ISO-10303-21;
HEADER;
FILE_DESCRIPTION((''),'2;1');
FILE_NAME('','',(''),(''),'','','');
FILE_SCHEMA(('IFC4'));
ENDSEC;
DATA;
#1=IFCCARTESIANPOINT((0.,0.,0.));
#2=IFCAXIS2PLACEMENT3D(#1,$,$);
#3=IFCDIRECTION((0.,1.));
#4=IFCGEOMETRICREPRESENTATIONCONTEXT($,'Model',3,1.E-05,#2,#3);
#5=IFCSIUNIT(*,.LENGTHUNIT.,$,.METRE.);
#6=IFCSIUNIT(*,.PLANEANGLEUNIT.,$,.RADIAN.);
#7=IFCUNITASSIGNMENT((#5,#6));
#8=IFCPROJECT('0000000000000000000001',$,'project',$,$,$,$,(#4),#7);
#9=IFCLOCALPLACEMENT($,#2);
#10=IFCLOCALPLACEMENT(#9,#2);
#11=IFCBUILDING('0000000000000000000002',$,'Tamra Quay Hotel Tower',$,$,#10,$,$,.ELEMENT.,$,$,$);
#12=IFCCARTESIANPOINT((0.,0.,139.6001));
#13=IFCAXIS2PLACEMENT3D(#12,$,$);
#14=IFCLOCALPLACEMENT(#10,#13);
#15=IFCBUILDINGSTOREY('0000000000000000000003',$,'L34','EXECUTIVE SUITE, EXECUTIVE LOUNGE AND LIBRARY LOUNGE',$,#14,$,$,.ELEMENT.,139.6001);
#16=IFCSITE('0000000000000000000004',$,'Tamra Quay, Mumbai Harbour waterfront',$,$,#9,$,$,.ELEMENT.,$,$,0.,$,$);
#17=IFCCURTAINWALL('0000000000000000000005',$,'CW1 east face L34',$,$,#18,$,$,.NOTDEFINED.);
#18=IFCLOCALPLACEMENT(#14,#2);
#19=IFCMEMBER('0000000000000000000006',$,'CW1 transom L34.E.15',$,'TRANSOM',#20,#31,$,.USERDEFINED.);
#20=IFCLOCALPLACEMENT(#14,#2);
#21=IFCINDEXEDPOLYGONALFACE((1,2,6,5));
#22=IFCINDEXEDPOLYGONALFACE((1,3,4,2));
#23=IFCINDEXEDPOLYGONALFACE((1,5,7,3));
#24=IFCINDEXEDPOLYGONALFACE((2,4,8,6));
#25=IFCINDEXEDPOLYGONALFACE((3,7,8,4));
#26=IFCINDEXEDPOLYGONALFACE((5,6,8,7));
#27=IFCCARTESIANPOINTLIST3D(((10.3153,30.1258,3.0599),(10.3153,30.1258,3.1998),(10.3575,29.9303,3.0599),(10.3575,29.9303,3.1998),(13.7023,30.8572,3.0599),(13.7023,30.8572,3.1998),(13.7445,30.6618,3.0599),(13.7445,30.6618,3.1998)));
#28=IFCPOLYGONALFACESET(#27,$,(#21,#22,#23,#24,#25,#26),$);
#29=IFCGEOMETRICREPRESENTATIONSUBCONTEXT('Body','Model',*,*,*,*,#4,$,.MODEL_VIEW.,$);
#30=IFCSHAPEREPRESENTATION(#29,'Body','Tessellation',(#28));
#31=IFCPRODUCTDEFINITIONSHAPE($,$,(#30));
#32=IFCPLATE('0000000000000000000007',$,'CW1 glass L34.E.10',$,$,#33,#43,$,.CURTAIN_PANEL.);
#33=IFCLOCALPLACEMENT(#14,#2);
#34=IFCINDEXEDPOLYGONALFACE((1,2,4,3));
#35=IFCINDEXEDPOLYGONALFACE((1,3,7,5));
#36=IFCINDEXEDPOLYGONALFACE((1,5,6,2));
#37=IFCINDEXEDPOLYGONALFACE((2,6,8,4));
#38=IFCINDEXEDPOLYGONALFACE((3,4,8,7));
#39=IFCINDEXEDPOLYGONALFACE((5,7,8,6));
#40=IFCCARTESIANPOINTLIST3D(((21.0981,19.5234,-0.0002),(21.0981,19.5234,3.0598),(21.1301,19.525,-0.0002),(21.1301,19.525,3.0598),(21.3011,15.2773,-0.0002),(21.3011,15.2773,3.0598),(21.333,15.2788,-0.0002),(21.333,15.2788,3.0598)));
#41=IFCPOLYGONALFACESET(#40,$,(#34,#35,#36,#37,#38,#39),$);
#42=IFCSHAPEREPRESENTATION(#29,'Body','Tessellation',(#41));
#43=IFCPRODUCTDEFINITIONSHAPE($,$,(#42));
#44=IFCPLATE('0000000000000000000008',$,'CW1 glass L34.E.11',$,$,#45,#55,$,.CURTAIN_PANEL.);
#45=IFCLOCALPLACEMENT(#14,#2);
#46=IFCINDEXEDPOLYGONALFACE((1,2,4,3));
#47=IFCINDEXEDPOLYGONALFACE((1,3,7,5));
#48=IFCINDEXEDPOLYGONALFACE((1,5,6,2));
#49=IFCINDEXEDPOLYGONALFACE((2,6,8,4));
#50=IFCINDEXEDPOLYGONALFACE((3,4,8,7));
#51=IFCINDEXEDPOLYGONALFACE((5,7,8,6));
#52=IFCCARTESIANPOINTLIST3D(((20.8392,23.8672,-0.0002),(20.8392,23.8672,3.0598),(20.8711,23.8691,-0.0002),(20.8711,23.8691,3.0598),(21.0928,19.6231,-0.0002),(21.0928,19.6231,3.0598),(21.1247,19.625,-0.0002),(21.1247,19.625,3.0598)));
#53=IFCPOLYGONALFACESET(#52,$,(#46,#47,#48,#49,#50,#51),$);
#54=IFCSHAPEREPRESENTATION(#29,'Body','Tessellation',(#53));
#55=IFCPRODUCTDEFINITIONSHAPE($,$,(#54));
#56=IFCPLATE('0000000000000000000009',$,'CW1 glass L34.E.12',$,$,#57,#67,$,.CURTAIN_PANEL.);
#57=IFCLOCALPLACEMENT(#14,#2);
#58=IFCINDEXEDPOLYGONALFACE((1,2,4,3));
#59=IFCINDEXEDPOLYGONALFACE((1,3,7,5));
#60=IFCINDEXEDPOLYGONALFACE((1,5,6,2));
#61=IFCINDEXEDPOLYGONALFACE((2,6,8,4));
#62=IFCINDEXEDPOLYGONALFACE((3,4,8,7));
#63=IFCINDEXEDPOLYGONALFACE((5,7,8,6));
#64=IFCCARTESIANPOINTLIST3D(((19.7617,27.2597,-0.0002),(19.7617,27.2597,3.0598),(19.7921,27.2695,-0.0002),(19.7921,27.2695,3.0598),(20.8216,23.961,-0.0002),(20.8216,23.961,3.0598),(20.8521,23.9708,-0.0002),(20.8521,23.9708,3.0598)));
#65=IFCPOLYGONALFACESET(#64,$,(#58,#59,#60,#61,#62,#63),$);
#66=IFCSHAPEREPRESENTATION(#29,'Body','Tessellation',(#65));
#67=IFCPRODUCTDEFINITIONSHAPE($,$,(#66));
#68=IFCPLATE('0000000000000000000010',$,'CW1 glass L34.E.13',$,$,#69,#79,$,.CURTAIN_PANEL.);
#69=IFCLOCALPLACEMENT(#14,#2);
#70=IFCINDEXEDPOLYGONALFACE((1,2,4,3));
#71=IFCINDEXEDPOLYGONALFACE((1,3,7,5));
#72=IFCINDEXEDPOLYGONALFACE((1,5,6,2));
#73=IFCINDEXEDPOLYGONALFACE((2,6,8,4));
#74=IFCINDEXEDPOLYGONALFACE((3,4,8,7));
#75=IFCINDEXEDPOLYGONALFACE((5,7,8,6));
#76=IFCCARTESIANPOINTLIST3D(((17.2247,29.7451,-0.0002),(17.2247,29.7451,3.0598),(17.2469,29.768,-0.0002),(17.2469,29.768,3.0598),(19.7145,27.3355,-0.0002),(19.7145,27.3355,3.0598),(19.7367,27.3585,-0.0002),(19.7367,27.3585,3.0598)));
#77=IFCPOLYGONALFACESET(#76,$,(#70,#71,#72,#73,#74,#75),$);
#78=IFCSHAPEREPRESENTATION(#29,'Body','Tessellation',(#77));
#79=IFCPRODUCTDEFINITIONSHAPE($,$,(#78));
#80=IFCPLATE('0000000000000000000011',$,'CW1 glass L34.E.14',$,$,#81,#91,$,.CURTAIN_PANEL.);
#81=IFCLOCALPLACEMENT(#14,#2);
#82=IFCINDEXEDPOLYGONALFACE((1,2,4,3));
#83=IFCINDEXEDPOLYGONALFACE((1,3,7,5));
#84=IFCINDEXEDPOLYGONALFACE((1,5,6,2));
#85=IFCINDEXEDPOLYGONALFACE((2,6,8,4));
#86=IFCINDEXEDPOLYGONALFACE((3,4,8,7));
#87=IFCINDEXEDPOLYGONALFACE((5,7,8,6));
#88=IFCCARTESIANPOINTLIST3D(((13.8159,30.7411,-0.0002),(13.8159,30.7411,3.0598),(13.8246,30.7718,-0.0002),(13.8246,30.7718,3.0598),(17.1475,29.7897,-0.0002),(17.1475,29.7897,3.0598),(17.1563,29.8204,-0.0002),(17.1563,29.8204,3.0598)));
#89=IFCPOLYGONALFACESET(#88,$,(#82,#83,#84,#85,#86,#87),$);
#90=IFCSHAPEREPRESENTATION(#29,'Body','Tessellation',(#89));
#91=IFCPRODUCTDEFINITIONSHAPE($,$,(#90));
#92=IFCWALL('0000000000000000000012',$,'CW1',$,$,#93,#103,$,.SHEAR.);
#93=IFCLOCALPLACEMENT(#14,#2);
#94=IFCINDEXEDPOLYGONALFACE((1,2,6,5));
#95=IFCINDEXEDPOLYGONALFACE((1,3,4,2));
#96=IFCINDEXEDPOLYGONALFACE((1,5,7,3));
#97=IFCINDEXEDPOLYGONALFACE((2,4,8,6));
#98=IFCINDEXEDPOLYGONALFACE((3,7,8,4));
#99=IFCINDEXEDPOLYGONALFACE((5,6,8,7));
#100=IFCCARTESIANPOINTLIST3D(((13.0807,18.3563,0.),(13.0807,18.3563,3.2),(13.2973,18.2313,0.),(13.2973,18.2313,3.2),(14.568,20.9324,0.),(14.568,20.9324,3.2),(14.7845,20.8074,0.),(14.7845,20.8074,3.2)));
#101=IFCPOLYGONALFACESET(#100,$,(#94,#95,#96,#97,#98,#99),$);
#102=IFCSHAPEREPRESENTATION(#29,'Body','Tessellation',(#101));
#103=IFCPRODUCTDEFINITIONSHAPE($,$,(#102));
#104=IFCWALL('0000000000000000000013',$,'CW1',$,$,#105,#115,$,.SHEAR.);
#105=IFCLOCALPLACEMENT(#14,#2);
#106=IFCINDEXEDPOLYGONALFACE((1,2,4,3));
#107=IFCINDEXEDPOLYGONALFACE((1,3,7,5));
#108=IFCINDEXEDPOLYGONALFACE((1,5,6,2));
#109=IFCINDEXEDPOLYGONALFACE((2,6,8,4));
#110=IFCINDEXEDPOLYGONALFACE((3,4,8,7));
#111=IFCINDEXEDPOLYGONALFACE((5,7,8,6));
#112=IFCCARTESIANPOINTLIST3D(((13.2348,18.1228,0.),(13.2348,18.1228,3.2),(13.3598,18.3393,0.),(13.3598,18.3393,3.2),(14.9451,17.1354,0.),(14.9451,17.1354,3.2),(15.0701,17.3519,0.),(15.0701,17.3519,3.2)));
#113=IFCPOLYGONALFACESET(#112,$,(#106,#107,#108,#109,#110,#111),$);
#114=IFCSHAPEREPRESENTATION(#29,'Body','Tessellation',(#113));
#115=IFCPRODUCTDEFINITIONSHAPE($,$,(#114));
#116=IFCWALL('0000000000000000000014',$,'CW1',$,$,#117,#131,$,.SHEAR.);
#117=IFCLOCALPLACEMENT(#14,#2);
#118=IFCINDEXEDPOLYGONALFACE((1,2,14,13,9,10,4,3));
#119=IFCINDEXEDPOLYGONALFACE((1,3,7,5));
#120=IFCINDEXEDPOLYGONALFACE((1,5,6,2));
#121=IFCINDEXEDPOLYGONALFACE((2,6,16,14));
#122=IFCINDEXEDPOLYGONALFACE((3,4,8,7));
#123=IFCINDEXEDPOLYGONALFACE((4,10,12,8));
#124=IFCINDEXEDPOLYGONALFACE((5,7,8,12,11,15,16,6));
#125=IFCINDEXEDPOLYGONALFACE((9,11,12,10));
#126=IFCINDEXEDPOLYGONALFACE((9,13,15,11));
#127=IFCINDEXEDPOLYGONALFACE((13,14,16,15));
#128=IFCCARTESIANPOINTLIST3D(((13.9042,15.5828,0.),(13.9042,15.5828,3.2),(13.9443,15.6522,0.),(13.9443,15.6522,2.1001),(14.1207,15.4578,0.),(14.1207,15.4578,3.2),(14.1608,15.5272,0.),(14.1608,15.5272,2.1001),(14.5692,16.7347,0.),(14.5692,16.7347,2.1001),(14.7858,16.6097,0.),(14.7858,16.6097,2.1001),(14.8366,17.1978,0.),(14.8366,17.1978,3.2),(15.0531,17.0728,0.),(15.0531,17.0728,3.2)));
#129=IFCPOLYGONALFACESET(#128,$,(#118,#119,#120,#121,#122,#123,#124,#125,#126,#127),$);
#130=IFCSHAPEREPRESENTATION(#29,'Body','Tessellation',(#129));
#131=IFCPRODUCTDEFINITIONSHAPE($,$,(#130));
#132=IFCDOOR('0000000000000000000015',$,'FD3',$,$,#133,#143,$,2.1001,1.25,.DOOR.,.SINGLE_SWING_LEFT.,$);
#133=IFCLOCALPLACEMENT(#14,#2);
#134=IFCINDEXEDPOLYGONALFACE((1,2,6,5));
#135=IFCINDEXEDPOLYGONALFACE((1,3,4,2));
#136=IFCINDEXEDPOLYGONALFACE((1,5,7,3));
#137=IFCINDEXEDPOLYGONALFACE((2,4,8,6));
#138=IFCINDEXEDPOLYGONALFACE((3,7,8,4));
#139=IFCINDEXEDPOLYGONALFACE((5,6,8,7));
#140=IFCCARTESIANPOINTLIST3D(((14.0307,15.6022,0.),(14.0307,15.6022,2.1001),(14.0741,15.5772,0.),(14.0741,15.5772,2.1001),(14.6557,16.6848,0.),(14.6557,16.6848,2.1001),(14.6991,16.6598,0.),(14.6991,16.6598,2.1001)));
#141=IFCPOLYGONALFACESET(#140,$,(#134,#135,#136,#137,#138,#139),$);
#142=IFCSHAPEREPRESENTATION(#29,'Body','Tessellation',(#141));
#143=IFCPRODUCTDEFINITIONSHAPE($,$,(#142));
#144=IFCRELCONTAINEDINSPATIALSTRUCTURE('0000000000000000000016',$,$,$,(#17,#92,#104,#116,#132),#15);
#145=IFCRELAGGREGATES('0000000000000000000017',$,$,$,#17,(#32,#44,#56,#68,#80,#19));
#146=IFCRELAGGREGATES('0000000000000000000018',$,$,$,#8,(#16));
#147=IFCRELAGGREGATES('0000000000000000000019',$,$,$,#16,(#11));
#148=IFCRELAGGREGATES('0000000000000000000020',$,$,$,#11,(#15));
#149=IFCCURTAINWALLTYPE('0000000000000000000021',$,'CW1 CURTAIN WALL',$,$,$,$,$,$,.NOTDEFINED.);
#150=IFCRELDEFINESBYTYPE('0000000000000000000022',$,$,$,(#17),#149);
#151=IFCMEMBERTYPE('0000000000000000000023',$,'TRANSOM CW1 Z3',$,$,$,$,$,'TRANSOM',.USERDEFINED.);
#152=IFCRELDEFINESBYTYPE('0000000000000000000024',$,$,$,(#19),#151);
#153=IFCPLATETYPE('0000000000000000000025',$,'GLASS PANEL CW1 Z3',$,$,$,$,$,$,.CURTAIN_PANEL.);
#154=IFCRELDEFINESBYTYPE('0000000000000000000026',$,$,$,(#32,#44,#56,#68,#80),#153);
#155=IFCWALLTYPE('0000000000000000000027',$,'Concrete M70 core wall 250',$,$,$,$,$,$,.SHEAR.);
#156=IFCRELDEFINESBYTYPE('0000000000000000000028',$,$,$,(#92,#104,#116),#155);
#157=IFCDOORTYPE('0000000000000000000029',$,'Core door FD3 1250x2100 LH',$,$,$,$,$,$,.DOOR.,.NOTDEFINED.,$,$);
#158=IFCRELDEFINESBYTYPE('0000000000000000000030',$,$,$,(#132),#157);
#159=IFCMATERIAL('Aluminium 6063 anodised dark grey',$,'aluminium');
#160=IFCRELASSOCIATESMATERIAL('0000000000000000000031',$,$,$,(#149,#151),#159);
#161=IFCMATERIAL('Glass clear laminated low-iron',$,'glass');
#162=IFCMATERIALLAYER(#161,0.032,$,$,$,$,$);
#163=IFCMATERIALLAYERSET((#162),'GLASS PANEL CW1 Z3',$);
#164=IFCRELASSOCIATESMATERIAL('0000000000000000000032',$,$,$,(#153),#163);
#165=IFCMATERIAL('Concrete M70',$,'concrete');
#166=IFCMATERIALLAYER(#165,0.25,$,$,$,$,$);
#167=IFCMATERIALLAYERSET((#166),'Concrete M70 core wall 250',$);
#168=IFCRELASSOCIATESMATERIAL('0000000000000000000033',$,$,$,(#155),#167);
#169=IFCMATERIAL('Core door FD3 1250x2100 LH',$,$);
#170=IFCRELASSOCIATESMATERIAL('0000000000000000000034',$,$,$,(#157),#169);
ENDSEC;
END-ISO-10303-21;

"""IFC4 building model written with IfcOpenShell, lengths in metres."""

from ifc_helpers import new_model, si_unit, direction, frame, frame_2d, origin, origin_2d, place, context, subcontext, project, spatial, rectangle, extrude, material, layer, layer_set, material_profile, profile_set, type_object, element, fill, aggregate, save


model = new_model("IFC4")

# Units and contexts
model_context = context("Model", 3, precision=1e-05, world=origin(), true_north=direction((0.0, 1.0)))
body_context = subcontext(model_context, "Body", "Model", "MODEL_VIEW")
ifc_project = project(units=[si_unit("LENGTHUNIT", "METRE"), si_unit("PLANEANGLEUNIT", "RADIAN")], contexts=[model_context])

# Site, building, storey
site_placement = place(None, origin())
site = spatial("IfcSite", under=ifc_project, at=site_placement, Name="Tamra Quay, Mumbai Harbour waterfront", CompositionType="ELEMENT", RefElevation=0.0)
building_placement = place(site_placement, origin())
building = spatial("IfcBuilding", under=site, at=building_placement, Name="Tamra Quay Hotel Tower", CompositionType="ELEMENT")
storey_placement = place(building_placement, frame((0.0, 0.0, 139.6001)))
storey = spatial("IfcBuildingStorey", under=building, at=storey_placement, Name="L34", Description="EXECUTIVE SUITE, EXECUTIVE LOUNGE AND LIBRARY LOUNGE", CompositionType="ELEMENT", Elevation=139.6001)

# Shared definitions
ifc_material_1 = material(Name="Concrete M70", Category="concrete")

# Curtain wall
ifc_material_2 = material(Name="Aluminium 6063 anodised dark grey", Category="aluminium")
curtain_wall_type = type_object("IfcCurtainWallType", Name="CW1 CURTAIN WALL", PredefinedType="NOTDEFINED", material=ifc_material_2)
curtain_wall_placement = place(storey_placement, origin())
curtain_wall = element("IfcCurtainWall", 1, at=curtain_wall_placement, inside=storey, type_object=curtain_wall_type, Name="CW1 east face L34", PredefinedType="NOTDEFINED")

# Member
ifc_material_profile_1 = material_profile(ifc_material_2, rectangle(XDim=0.2, YDim=0.1399, at=origin_2d()), Name="TRANSOM 200X140")
ifc_profile_set_1 = profile_set([ifc_material_profile_1], Name="Aluminium 6063 anodised dark grey")
member_type_1 = type_object("IfcMemberType", Name="TRANSOM CW1 Z3", ElementType="TRANSOM", PredefinedType="USERDEFINED", material=ifc_profile_set_1)
member_1_placement = place(storey_placement, frame((13.7234, 30.7595, 3.1299), z_axis=(-0.977466, -0.211093, 0.0), x_axis=(0.211093, -0.977466, 0.0)))
member_1 = element("IfcMember", 2, at=member_1_placement, type_object=member_type_1, Name="CW1 transom L34.E.15", ObjectType="TRANSOM", PredefinedType="USERDEFINED", context=body_context, shape_type="SweptSolid", body=[
    extrude(rectangle(XDim=0.2, YDim=0.1399, at=origin_2d()), origin(), (0.0, 0.0, 1.0), 3.4651),
])

# Plates
ifc_material_3 = material(Name="Glass clear laminated low-iron", Category="glass")
ifc_layer_1 = layer(ifc_material_3, 0.032)
ifc_layer_set_1 = layer_set([ifc_layer_1], Name="GLASS PANEL CW1 Z3")
plate_type = type_object("IfcPlateType", Name="GLASS PANEL CW1 Z3", PredefinedType="CURTAIN_PANEL", material=ifc_layer_set_1)
plate_1_placement = place(storey_placement, frame((21.2156, 17.4011, -0.0002), z_axis=(0.0, 0.0, 1.0), x_axis=(-0.047747, 0.998859, 0.0)))
plate_1 = element("IfcPlate", 3, at=plate_1_placement, type_object=plate_type, Name="CW1 glass L34.E.10", PredefinedType="CURTAIN_PANEL", context=body_context, shape_type="SweptSolid", body=[
    extrude(rectangle(XDim=4.251, YDim=0.032, at=origin_2d()), origin(), (0.0, 0.0, 1.0), 3.0601),
])
plate_2_placement = place(storey_placement, frame((20.9819, 21.7461, -0.0002), z_axis=(0.0, 0.0, 1.0), x_axis=(-0.059642, 0.99822, 0.0)))
plate_2 = element("IfcPlate", 4, at=plate_2_placement, type_object=plate_type, Name="CW1 glass L34.E.11", PredefinedType="CURTAIN_PANEL", context=body_context, shape_type="SweptSolid", body=[
    extrude(rectangle(XDim=4.2517, YDim=0.032, at=origin_2d()), origin(), (0.0, 0.0, 1.0), 3.0601),
])
plate_3_placement = place(storey_placement, frame((20.3069, 25.6152, -0.0002), z_axis=(0.0, 0.0, 1.0), x_axis=(-0.305915, 0.952059, 0.0)))
plate_3 = element("IfcPlate", 5, at=plate_3_placement, type_object=plate_type, Name="CW1 glass L34.E.12", PredefinedType="CURTAIN_PANEL", context=body_context, shape_type="SweptSolid", body=[
    extrude(rectangle(XDim=3.4648, YDim=0.032, at=origin_2d()), origin(), (0.0, 0.0, 1.0), 3.0601),
])
plate_4_placement = place(storey_placement, frame((18.4807, 28.5518, -0.0002), z_axis=(0.0, 0.0, 1.0), x_axis=(-0.718584, 0.69544, 0.0)))
plate_4 = element("IfcPlate", 6, at=plate_4_placement, type_object=plate_type, Name="CW1 glass L34.E.13", PredefinedType="CURTAIN_PANEL", context=body_context, shape_type="SweptSolid", body=[
    extrude(rectangle(XDim=3.4648, YDim=0.032, at=origin_2d()), origin(), (0.0, 0.0, 1.0), 3.0601),
])
plate_5_placement = place(storey_placement, frame((15.4861, 30.2808, -0.0002), z_axis=(0.0, 0.0, 1.0), x_axis=(-0.961561, 0.274593, 0.0)))
plate_5 = element("IfcPlate", 7, at=plate_5_placement, type_object=plate_type, Name="CW1 glass L34.E.14", PredefinedType="CURTAIN_PANEL", context=body_context, shape_type="SweptSolid", body=[
    extrude(rectangle(XDim=3.4648, YDim=0.032, at=origin_2d()), origin(), (0.0, 0.0, 1.0), 3.0601),
])
aggregate(curtain_wall, [plate_1, plate_2, plate_3, plate_4, plate_5, member_1])

# Walls
ifc_layer_2 = layer(ifc_material_1, 0.25)
ifc_layer_set_2 = layer_set([ifc_layer_2], Name="Concrete M70 core wall 250")
wall_type = type_object("IfcWallType", Name="Concrete M70 core wall 250", PredefinedType="SHEAR", material=ifc_layer_set_2)
wall_1_placement = place(storey_placement, frame((14.6763, 20.8699, 0.0), z_axis=(0.0, 0.0, 1.0), x_axis=(-0.499988, -0.866033, 0.0)))
element("IfcWall", 8, at=wall_1_placement, inside=storey, type_object=wall_type, Name="CW1", PredefinedType="SHEAR", context=body_context, shape_type="SweptSolid", body=[
    extrude(rectangle(XDim=2.9746, YDim=0.25, at=frame_2d((1.4873, 0.0))), origin(), (0.0, 0.0, 1.0), 3.2),
])
wall_2_placement = place(storey_placement, frame((13.2974, 18.231, 0.0), z_axis=(0.0, 0.0, 1.0), x_axis=(0.866044, -0.499969, 0.0)))
element("IfcWall", 9, at=wall_2_placement, inside=storey, type_object=wall_type, Name="CW1", PredefinedType="SHEAR", context=body_context, shape_type="SweptSolid", body=[
    extrude(rectangle(XDim=1.9749, YDim=0.25, at=frame_2d((0.9873, 0.0))), origin(), (0.0, 0.0, 1.0), 3.2),
])

# Wall, opening, door
wall_3_placement = place(storey_placement, frame((14.9448, 17.1353, 0.0), z_axis=(0.0, 0.0, 1.0), x_axis=(-0.499983, -0.866035, 0.0)))
wall_3 = element("IfcWall", 10, at=wall_3_placement, inside=storey, type_object=wall_type, Name="CW1", PredefinedType="SHEAR", context=body_context, shape_type="SweptSolid", body=[
    extrude(rectangle(XDim=1.8647, YDim=0.25, at=frame_2d((0.9324, 0.0))), origin(), (0.0, 0.0, 1.0), 3.2),
])
opening_placement = place(wall_3_placement, frame((0.5347, 0.0, 0.0)))
opening = element("IfcOpeningElement", 11, at=opening_placement, cuts=wall_3, PredefinedType="OPENING", context=body_context, shape_type="SweptSolid", body=[
    extrude(rectangle(XDim=1.25, YDim=2.1001, at=frame_2d((0.625, 1.05))), frame((0.0, 0.135, 0.0), z_axis=(0.0, -1.0, 0.0), x_axis=(1.0, 0.0, 0.0)), (0.0, 0.0, 1.0), 0.27),
])
ifc_material_4 = material(Name="Core door FD3 1250x2100 LH")
door_type = type_object("IfcDoorType", Name="Core door FD3 1250x2100 LH", OperationType="NOTDEFINED", PredefinedType="DOOR", material=ifc_material_4)
door_placement = place(opening_placement, origin())
door = element("IfcDoor", 12, at=door_placement, inside=storey, type_object=door_type, Name="FD3", OperationType="SINGLE_SWING_LEFT", OverallHeight=2.1001, OverallWidth=1.25, PredefinedType="DOOR", context=body_context, shape_type="SweptSolid", body=[
    extrude(rectangle(XDim=1.25, YDim=2.1001, at=frame_2d((0.625, 1.05))), frame((0.0, 0.0249, 0.0), z_axis=(0.0, -1.0, 0.0), x_axis=(1.0, 0.0, 0.0)), (0.0, 0.0, 1.0), 0.05),
])
fill(opening, door)

save(model, "model.ifc")
